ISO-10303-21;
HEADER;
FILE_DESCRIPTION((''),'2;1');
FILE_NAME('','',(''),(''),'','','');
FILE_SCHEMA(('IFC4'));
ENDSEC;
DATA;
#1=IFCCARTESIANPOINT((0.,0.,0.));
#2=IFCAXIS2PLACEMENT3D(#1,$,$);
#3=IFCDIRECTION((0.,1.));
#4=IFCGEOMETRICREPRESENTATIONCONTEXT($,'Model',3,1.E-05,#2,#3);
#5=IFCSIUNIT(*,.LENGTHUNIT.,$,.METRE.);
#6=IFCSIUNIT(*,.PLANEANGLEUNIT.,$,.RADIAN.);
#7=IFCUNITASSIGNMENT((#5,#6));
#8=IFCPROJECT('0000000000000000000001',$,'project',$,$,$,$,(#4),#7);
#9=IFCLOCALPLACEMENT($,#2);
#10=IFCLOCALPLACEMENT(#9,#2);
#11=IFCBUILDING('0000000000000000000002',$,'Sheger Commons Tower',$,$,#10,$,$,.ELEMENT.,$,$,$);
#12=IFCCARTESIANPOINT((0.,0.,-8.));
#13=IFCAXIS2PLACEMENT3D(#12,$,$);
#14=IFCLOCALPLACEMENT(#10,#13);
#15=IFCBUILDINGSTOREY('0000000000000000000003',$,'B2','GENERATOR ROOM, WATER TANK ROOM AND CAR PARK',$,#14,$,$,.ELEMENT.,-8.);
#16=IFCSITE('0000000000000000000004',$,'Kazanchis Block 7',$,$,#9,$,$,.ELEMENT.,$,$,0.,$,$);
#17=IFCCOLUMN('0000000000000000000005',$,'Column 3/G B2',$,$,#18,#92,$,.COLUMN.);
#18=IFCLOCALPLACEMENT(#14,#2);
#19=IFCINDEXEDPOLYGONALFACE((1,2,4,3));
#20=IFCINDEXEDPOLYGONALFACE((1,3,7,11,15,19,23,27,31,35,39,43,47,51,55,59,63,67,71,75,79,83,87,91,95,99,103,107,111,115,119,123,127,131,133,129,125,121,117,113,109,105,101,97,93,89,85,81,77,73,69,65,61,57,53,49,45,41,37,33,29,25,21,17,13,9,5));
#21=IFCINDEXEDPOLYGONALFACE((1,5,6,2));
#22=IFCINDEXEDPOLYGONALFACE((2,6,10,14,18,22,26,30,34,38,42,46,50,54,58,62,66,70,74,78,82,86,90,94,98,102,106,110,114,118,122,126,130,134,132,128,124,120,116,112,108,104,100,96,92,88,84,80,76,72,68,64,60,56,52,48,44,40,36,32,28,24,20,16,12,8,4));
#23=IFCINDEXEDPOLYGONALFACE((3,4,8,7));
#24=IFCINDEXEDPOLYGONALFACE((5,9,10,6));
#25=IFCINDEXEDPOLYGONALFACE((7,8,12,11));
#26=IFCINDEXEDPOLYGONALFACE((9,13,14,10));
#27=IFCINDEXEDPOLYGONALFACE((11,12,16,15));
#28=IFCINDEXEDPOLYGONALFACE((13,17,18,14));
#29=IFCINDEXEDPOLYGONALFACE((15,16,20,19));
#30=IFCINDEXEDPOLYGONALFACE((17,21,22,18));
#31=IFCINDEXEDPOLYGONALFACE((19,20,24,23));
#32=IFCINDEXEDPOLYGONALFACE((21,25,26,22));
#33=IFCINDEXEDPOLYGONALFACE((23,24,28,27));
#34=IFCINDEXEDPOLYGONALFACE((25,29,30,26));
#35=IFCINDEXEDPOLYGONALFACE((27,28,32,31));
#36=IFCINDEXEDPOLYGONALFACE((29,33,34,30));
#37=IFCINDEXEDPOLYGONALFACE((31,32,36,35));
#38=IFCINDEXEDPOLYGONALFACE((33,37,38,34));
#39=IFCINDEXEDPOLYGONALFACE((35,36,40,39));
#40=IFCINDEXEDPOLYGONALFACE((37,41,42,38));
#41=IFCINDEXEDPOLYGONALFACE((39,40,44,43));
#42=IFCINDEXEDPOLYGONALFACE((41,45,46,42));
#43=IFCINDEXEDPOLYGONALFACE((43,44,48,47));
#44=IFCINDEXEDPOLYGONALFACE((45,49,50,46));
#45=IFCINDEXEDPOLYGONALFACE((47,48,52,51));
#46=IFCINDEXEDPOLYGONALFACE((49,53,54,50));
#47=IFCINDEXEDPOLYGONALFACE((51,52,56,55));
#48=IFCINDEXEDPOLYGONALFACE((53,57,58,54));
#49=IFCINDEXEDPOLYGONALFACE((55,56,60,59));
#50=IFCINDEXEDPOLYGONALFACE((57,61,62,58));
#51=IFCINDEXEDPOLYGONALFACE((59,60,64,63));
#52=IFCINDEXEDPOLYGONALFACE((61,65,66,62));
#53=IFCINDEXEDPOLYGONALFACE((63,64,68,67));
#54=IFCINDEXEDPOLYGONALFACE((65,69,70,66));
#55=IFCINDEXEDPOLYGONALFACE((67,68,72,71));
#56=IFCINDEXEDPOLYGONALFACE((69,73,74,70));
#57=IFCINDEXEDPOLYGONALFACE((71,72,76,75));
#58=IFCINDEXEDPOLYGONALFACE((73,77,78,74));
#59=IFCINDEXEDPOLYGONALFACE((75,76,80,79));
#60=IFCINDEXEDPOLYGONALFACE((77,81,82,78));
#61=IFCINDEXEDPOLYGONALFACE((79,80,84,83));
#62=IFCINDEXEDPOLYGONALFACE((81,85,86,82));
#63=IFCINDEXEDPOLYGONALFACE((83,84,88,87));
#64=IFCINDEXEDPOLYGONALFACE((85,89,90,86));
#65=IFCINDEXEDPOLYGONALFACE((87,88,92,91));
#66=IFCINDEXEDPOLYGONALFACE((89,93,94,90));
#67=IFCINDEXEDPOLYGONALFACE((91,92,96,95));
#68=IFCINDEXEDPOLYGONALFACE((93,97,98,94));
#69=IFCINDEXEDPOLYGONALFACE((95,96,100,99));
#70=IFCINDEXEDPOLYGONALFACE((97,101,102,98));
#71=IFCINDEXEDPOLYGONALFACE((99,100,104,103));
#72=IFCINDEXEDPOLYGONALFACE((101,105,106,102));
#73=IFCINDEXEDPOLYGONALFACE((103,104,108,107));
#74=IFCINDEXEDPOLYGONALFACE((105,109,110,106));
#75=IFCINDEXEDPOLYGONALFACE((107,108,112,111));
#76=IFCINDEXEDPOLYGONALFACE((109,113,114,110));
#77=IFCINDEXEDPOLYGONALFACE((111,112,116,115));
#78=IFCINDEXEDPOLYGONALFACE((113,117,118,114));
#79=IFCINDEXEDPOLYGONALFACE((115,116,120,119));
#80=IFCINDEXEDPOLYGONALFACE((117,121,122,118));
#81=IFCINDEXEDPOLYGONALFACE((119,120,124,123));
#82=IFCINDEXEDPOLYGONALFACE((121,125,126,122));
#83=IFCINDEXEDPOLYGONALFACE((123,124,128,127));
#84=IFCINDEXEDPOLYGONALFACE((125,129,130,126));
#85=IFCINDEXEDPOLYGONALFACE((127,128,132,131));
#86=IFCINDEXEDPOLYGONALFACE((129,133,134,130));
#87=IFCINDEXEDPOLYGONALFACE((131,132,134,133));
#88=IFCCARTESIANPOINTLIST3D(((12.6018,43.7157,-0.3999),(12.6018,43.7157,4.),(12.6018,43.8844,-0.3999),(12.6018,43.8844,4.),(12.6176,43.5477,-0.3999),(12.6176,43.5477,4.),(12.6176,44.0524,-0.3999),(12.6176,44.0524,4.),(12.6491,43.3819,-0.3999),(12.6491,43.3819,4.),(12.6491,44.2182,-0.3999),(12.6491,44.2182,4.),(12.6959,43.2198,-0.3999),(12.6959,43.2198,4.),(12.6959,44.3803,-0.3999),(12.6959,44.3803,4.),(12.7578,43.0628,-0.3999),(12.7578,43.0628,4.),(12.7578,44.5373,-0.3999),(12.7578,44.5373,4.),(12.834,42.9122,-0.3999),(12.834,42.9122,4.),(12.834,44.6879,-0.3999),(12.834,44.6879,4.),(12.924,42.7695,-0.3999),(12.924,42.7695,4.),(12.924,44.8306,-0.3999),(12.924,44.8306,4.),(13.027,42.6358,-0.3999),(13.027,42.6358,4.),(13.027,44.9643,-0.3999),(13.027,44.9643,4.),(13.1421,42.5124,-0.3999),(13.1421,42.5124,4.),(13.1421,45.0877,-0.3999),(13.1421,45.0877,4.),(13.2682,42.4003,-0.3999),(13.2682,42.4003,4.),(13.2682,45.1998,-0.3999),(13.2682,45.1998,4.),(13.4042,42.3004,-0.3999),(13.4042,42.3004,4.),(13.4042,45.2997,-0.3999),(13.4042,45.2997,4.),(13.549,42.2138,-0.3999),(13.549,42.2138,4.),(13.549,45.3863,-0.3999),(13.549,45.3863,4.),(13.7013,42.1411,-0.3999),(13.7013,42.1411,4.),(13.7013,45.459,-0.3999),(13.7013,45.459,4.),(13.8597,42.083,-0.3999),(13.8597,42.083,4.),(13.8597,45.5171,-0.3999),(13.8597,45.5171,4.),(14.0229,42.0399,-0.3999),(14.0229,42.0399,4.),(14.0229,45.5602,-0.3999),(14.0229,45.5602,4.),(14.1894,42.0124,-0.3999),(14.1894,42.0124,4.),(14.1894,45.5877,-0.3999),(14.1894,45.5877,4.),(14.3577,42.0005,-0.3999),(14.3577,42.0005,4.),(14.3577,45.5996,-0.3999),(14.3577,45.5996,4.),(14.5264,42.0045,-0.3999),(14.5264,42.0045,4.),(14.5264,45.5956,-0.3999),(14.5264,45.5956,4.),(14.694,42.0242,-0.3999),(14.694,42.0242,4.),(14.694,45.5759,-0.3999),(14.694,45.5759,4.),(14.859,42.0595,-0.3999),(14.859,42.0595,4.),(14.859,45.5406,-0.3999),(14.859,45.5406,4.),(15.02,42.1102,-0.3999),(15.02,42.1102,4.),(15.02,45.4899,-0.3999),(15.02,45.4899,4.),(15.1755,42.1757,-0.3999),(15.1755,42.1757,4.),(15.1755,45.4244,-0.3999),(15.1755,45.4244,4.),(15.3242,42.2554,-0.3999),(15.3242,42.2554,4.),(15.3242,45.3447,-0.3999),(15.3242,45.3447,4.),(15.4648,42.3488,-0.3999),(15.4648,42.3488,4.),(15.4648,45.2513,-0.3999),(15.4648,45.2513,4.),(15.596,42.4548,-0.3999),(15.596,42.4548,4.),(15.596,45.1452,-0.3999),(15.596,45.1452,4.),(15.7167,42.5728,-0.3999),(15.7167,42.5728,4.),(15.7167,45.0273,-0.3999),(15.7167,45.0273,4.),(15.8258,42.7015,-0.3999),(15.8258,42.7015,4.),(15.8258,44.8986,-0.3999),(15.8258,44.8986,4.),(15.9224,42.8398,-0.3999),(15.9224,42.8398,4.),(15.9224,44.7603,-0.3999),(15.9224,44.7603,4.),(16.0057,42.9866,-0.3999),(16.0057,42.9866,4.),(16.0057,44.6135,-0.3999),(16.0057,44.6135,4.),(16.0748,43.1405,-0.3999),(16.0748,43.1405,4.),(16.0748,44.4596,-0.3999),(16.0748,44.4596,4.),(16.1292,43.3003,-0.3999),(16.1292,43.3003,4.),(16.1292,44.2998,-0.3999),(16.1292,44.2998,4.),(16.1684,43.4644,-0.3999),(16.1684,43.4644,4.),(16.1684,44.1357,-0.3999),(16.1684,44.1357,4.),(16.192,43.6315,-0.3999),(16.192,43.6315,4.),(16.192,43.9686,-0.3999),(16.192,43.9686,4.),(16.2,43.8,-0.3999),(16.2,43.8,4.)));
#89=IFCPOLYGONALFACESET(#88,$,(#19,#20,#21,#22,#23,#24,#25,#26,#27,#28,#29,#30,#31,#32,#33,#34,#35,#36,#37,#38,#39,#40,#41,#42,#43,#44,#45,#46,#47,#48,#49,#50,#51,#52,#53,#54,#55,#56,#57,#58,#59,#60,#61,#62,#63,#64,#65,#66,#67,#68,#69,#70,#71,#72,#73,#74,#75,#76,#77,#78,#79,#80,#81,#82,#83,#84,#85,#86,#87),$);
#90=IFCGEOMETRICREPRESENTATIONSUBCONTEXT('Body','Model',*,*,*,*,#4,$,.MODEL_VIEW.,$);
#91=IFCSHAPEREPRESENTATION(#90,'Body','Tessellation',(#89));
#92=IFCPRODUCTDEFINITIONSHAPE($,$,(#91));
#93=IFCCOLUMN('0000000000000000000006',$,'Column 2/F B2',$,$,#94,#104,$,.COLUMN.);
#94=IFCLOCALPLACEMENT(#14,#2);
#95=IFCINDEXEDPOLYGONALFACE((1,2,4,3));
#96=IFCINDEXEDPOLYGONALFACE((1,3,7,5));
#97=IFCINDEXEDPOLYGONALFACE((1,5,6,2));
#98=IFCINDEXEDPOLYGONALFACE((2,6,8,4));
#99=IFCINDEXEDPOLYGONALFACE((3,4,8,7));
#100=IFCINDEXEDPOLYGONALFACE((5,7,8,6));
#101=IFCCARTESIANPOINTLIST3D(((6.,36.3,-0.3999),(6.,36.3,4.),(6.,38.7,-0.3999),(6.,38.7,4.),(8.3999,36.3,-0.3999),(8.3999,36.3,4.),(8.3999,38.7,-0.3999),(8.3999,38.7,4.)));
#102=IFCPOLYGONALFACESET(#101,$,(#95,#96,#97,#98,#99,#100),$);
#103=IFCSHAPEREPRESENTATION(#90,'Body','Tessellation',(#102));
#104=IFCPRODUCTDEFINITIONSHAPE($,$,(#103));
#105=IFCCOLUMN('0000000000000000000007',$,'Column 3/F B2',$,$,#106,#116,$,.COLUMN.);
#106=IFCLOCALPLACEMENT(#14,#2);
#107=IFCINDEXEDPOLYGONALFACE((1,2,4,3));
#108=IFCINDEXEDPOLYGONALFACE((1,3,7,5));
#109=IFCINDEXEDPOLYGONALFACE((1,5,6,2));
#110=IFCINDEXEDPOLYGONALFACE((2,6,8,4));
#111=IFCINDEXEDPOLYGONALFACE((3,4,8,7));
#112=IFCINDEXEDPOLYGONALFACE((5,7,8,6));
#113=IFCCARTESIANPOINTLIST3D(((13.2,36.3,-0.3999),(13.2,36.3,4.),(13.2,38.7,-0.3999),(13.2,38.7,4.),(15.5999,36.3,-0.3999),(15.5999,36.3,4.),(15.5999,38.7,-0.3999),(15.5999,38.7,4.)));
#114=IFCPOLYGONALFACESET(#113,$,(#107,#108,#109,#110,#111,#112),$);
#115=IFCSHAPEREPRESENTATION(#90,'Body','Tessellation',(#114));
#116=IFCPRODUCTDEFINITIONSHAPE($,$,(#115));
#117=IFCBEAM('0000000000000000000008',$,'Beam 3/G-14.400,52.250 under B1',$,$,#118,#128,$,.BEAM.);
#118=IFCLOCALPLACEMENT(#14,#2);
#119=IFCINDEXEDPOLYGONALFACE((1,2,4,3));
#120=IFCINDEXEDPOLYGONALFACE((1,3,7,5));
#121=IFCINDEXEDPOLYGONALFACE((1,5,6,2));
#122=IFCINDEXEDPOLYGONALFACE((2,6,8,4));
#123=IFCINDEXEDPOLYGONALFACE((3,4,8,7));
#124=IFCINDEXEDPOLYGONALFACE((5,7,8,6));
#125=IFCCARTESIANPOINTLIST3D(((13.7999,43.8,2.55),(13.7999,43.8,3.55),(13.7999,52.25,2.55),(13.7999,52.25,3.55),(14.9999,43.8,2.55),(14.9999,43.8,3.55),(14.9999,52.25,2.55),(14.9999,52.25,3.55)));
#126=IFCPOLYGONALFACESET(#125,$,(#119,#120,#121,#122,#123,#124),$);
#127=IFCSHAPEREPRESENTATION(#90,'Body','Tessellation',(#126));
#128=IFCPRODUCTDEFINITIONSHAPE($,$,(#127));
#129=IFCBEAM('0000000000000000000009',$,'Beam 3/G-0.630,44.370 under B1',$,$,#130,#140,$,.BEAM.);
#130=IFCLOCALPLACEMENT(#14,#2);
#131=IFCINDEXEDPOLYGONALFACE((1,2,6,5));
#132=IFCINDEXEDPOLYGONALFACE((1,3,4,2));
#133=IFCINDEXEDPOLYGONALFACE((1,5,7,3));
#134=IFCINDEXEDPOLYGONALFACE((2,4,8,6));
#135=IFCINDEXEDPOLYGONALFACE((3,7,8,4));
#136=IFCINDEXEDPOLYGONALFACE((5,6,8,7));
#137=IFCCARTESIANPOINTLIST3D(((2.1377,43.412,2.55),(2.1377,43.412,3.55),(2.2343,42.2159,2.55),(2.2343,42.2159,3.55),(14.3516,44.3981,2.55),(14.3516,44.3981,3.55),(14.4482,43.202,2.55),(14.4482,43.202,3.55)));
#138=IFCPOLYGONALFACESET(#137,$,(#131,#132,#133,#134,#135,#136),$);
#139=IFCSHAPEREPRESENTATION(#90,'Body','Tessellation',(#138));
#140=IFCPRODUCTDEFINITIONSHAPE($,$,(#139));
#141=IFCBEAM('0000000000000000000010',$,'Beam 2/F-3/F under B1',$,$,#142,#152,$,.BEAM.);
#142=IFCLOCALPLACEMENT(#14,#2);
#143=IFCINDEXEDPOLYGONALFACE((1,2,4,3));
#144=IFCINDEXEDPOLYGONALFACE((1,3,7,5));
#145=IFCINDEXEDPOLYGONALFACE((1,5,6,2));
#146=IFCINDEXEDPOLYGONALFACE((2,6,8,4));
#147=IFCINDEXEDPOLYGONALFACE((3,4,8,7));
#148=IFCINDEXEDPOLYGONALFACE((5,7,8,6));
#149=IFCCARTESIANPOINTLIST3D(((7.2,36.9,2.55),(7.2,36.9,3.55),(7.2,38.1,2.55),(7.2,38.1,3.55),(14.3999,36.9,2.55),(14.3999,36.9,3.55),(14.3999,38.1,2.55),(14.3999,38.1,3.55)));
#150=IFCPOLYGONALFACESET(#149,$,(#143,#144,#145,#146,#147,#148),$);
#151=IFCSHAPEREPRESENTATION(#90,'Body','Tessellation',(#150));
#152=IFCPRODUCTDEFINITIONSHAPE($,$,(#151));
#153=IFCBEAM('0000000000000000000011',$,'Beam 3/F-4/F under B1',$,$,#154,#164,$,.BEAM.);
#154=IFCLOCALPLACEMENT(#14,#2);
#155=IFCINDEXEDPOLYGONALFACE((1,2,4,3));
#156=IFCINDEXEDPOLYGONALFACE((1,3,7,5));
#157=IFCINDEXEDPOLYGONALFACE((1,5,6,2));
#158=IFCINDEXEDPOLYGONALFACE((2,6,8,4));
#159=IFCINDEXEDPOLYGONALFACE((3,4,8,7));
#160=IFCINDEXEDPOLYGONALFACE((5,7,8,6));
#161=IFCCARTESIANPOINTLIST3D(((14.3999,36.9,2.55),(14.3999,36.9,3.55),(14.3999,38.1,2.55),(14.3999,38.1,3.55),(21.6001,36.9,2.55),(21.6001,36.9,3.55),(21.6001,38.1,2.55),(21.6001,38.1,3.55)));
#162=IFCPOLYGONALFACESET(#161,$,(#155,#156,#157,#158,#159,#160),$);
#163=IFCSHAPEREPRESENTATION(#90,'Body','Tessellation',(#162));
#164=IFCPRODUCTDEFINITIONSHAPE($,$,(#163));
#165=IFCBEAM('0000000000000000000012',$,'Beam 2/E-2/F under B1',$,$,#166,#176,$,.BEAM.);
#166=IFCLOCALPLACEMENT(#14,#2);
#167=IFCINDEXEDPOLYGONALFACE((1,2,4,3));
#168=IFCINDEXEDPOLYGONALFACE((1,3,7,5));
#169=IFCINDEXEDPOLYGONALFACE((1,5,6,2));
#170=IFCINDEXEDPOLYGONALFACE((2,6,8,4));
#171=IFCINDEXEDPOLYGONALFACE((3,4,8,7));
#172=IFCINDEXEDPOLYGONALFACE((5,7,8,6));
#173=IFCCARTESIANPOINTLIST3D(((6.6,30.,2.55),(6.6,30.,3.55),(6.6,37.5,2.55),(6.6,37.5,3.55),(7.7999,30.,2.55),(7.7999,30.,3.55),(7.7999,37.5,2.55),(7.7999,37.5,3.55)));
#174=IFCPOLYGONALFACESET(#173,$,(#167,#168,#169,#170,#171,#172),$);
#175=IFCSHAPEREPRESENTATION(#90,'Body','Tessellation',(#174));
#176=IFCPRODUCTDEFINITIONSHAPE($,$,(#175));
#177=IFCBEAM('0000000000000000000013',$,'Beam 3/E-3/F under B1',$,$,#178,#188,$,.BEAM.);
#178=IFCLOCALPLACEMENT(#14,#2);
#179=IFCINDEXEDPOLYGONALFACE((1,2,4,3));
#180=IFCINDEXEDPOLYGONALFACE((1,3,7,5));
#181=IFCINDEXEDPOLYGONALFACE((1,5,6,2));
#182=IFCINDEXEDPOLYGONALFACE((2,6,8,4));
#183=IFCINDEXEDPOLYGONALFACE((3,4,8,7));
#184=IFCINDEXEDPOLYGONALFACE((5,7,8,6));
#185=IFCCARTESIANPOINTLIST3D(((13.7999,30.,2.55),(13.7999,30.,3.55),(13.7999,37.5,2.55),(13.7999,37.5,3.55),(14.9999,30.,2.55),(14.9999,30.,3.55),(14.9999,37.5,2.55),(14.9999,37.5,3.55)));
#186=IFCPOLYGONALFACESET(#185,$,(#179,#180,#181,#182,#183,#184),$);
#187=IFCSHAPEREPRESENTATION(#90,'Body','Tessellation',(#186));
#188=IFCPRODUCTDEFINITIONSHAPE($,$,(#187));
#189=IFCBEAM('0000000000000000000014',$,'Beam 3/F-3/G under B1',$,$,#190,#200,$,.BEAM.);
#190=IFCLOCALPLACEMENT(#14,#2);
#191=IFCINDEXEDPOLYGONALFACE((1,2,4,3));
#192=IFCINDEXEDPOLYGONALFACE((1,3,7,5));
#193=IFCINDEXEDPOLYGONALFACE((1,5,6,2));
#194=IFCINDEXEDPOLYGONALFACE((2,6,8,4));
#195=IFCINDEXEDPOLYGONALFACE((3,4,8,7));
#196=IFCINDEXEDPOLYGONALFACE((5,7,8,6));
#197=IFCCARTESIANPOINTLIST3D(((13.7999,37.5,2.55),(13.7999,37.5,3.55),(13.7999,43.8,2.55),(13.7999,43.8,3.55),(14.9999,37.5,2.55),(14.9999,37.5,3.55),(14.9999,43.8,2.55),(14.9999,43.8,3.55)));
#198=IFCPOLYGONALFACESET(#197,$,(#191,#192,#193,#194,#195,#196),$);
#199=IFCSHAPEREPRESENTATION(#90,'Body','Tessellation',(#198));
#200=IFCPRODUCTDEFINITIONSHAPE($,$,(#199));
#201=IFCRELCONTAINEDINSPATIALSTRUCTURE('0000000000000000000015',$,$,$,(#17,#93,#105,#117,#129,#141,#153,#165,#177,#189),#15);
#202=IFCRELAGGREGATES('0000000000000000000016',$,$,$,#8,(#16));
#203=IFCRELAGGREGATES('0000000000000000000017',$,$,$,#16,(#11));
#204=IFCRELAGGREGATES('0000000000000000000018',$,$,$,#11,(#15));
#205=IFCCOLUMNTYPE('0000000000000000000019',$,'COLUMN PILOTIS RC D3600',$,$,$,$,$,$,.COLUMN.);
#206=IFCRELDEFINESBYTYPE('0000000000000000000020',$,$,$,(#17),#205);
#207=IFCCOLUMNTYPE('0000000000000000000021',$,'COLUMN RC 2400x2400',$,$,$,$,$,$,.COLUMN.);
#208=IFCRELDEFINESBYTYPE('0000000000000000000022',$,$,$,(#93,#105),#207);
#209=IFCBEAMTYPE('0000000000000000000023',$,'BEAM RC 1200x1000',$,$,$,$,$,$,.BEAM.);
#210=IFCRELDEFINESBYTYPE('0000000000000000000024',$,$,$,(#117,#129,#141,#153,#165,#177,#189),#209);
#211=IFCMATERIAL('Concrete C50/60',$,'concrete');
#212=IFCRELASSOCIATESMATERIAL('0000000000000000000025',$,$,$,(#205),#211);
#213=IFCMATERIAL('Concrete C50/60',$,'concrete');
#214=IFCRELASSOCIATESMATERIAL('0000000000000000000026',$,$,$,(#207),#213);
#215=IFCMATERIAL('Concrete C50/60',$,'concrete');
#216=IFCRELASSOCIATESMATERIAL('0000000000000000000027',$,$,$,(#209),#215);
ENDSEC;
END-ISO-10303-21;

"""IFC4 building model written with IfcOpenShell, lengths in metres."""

from ifc_helpers import new_model, si_unit, direction, frame, origin, origin_2d, place, context, subcontext, project, spatial, rectangle, circle, extrude, material, material_profile, profile_set, type_object, element, save


model = new_model("IFC4")

# Units and contexts
model_context = context("Model", 3, precision=1e-05, world=origin(), true_north=direction((0.0, 1.0)))
body_context = subcontext(model_context, "Body", "Model", "MODEL_VIEW")
ifc_project = project(units=[si_unit("LENGTHUNIT", "METRE"), si_unit("PLANEANGLEUNIT", "RADIAN")], contexts=[model_context])

# Site, building, storey
site_placement = place(None, origin())
site = spatial("IfcSite", under=ifc_project, at=site_placement, Name="Kazanchis Block 7", CompositionType="ELEMENT", RefElevation=0.0)
building_placement = place(site_placement, origin())
building = spatial("IfcBuilding", under=site, at=building_placement, Name="Sheger Commons Tower", CompositionType="ELEMENT")
storey_placement = place(building_placement, frame((0.0, 0.0, -8.0)))
storey = spatial("IfcBuildingStorey", under=building, at=storey_placement, Name="B2", Description="GENERATOR ROOM, WATER TANK ROOM AND CAR PARK", CompositionType="ELEMENT", Elevation=-8.0)

# Columns
ifc_material_1 = material(Name="Concrete C50/60", Category="concrete")
ifc_material_profile_1 = material_profile(ifc_material_1, circle(Radius=1.8, at=origin_2d()), Name="RC D3600")
ifc_profile_set_1 = profile_set([ifc_material_profile_1], Name="Concrete C50/60")
column_type_1 = type_object("IfcColumnType", Name="COLUMN PILOTIS RC D3600", PredefinedType="COLUMN", material=ifc_profile_set_1)
column_placement = place(storey_placement, frame((14.3999, 43.8, -0.3999), z_axis=(0.0, 0.0, 1.0), x_axis=(1.0, 0.0, 0.0)))
element("IfcColumn", 1, at=column_placement, inside=storey, type_object=column_type_1, Name="Column 3/G B2", PredefinedType="COLUMN", context=body_context, shape_type="SweptSolid", body=[
    extrude(circle(Radius=1.8, at=origin_2d()), origin(), (0.0, 0.0, 1.0), 4.3999),
])
ifc_material_2 = material(Name="Concrete C50/60", Category="concrete")
ifc_material_profile_2 = material_profile(ifc_material_2, rectangle(XDim=2.3999, YDim=2.3999, at=origin_2d()), Name="RC 2400x2400")
ifc_profile_set_2 = profile_set([ifc_material_profile_2], Name="Concrete C50/60")
column_type_2 = type_object("IfcColumnType", Name="COLUMN RC 2400x2400", PredefinedType="COLUMN", material=ifc_profile_set_2)
for number, where, z_axis, x_axis, name in (
    (2, (7.2, 37.5, -0.3999), (0.0, 0.0, 1.0), (1.0, 0.0, 0.0), "Column 2/F B2"),
    (3, (14.3999, 37.5, -0.3999), (0.0, 0.0, 1.0), (1.0, 0.0, 0.0), "Column 3/F B2"),
):
    element("IfcColumn", number, at=place(storey_placement, frame(where, z_axis=z_axis, x_axis=x_axis)), inside=storey, type_object=column_type_2, Name=name, PredefinedType="COLUMN", context=body_context, shape_type="SweptSolid", body=[
        extrude(rectangle(XDim=2.3999, YDim=2.3999, at=origin_2d()), origin(), (0.0, 0.0, 1.0), 4.3999),
    ])

# Beams
ifc_material_3 = material(Name="Concrete C50/60", Category="concrete")
ifc_material_profile_3 = material_profile(ifc_material_3, rectangle(XDim=1.2, YDim=1.0, at=origin_2d()), Name="RC 1200x1000")
ifc_profile_set_3 = profile_set([ifc_material_profile_3], Name="Concrete C50/60")
beam_type = type_object("IfcBeamType", Name="BEAM RC 1200x1000", PredefinedType="BEAM", material=ifc_profile_set_3)
beam_1_placement = place(storey_placement, frame((14.3999, 43.8, 3.05), z_axis=(0.0, 1.0, 0.0), x_axis=(-1.0, 0.0, 0.0)))
element("IfcBeam", 4, at=beam_1_placement, inside=storey, type_object=beam_type, Name="Beam 3/G-14.400,52.250 under B1", PredefinedType="BEAM", context=body_context, shape_type="SweptSolid", body=[
    extrude(rectangle(XDim=1.2, YDim=1.0, at=origin_2d()), origin(), (0.0, 0.0, 1.0), 8.45),
])
beam_2_placement = place(storey_placement, frame((14.3999, 43.8, 3.05), z_axis=(-0.996757, -0.080473, 0.0), x_axis=(0.080473, -0.996757, 0.0)))
element("IfcBeam", 5, at=beam_2_placement, inside=storey, type_object=beam_type, Name="Beam 3/G-0.630,44.370 under B1", PredefinedType="BEAM", context=body_context, shape_type="SweptSolid", body=[
    extrude(rectangle(XDim=1.2, YDim=1.0, at=origin_2d()), origin(), (0.0, 0.0, 1.0), 12.2537),
])
beam_3_placement = place(storey_placement, frame((7.2, 37.5, 3.05), z_axis=(1.0, 0.0, 0.0), x_axis=(0.0, 1.0, 0.0)))
element("IfcBeam", 6, at=beam_3_placement, inside=storey, type_object=beam_type, Name="Beam 2/F-3/F under B1", PredefinedType="BEAM", context=body_context, shape_type="SweptSolid", body=[
    extrude(rectangle(XDim=1.2, YDim=1.0, at=origin_2d()), origin(), (0.0, 0.0, 1.0), 7.2),
])
beam_4_placement = place(storey_placement, frame((14.3999, 37.5, 3.05), z_axis=(1.0, 0.0, 0.0), x_axis=(0.0, 1.0, 0.0)))
element("IfcBeam", 7, at=beam_4_placement, inside=storey, type_object=beam_type, Name="Beam 3/F-4/F under B1", PredefinedType="BEAM", context=body_context, shape_type="SweptSolid", body=[
    extrude(rectangle(XDim=1.2, YDim=1.0, at=origin_2d()), origin(), (0.0, 0.0, 1.0), 7.2002),
])
for number, where, z_axis, x_axis, name in (
    (8, (7.2, 30.0, 3.05), (0.0, 1.0, 0.0), (-1.0, 0.0, 0.0), "Beam 2/E-2/F under B1"),
    (9, (14.3999, 30.0, 3.05), (0.0, 1.0, 0.0), (-1.0, 0.0, 0.0), "Beam 3/E-3/F under B1"),
):
    element("IfcBeam", number, at=place(storey_placement, frame(where, z_axis=z_axis, x_axis=x_axis)), inside=storey, type_object=beam_type, Name=name, PredefinedType="BEAM", context=body_context, shape_type="SweptSolid", body=[
        extrude(rectangle(XDim=1.2, YDim=1.0, at=origin_2d()), origin(), (0.0, 0.0, 1.0), 7.5),
    ])
beam_5_placement = place(storey_placement, frame((14.3999, 37.5, 3.05), z_axis=(0.0, 1.0, 0.0), x_axis=(-1.0, 0.0, 0.0)))
element("IfcBeam", 10, at=beam_5_placement, inside=storey, type_object=beam_type, Name="Beam 3/F-3/G under B1", PredefinedType="BEAM", context=body_context, shape_type="SweptSolid", body=[
    extrude(rectangle(XDim=1.2, YDim=1.0, at=origin_2d()), origin(), (0.0, 0.0, 1.0), 6.3),
])

save(model, "model.ifc")
